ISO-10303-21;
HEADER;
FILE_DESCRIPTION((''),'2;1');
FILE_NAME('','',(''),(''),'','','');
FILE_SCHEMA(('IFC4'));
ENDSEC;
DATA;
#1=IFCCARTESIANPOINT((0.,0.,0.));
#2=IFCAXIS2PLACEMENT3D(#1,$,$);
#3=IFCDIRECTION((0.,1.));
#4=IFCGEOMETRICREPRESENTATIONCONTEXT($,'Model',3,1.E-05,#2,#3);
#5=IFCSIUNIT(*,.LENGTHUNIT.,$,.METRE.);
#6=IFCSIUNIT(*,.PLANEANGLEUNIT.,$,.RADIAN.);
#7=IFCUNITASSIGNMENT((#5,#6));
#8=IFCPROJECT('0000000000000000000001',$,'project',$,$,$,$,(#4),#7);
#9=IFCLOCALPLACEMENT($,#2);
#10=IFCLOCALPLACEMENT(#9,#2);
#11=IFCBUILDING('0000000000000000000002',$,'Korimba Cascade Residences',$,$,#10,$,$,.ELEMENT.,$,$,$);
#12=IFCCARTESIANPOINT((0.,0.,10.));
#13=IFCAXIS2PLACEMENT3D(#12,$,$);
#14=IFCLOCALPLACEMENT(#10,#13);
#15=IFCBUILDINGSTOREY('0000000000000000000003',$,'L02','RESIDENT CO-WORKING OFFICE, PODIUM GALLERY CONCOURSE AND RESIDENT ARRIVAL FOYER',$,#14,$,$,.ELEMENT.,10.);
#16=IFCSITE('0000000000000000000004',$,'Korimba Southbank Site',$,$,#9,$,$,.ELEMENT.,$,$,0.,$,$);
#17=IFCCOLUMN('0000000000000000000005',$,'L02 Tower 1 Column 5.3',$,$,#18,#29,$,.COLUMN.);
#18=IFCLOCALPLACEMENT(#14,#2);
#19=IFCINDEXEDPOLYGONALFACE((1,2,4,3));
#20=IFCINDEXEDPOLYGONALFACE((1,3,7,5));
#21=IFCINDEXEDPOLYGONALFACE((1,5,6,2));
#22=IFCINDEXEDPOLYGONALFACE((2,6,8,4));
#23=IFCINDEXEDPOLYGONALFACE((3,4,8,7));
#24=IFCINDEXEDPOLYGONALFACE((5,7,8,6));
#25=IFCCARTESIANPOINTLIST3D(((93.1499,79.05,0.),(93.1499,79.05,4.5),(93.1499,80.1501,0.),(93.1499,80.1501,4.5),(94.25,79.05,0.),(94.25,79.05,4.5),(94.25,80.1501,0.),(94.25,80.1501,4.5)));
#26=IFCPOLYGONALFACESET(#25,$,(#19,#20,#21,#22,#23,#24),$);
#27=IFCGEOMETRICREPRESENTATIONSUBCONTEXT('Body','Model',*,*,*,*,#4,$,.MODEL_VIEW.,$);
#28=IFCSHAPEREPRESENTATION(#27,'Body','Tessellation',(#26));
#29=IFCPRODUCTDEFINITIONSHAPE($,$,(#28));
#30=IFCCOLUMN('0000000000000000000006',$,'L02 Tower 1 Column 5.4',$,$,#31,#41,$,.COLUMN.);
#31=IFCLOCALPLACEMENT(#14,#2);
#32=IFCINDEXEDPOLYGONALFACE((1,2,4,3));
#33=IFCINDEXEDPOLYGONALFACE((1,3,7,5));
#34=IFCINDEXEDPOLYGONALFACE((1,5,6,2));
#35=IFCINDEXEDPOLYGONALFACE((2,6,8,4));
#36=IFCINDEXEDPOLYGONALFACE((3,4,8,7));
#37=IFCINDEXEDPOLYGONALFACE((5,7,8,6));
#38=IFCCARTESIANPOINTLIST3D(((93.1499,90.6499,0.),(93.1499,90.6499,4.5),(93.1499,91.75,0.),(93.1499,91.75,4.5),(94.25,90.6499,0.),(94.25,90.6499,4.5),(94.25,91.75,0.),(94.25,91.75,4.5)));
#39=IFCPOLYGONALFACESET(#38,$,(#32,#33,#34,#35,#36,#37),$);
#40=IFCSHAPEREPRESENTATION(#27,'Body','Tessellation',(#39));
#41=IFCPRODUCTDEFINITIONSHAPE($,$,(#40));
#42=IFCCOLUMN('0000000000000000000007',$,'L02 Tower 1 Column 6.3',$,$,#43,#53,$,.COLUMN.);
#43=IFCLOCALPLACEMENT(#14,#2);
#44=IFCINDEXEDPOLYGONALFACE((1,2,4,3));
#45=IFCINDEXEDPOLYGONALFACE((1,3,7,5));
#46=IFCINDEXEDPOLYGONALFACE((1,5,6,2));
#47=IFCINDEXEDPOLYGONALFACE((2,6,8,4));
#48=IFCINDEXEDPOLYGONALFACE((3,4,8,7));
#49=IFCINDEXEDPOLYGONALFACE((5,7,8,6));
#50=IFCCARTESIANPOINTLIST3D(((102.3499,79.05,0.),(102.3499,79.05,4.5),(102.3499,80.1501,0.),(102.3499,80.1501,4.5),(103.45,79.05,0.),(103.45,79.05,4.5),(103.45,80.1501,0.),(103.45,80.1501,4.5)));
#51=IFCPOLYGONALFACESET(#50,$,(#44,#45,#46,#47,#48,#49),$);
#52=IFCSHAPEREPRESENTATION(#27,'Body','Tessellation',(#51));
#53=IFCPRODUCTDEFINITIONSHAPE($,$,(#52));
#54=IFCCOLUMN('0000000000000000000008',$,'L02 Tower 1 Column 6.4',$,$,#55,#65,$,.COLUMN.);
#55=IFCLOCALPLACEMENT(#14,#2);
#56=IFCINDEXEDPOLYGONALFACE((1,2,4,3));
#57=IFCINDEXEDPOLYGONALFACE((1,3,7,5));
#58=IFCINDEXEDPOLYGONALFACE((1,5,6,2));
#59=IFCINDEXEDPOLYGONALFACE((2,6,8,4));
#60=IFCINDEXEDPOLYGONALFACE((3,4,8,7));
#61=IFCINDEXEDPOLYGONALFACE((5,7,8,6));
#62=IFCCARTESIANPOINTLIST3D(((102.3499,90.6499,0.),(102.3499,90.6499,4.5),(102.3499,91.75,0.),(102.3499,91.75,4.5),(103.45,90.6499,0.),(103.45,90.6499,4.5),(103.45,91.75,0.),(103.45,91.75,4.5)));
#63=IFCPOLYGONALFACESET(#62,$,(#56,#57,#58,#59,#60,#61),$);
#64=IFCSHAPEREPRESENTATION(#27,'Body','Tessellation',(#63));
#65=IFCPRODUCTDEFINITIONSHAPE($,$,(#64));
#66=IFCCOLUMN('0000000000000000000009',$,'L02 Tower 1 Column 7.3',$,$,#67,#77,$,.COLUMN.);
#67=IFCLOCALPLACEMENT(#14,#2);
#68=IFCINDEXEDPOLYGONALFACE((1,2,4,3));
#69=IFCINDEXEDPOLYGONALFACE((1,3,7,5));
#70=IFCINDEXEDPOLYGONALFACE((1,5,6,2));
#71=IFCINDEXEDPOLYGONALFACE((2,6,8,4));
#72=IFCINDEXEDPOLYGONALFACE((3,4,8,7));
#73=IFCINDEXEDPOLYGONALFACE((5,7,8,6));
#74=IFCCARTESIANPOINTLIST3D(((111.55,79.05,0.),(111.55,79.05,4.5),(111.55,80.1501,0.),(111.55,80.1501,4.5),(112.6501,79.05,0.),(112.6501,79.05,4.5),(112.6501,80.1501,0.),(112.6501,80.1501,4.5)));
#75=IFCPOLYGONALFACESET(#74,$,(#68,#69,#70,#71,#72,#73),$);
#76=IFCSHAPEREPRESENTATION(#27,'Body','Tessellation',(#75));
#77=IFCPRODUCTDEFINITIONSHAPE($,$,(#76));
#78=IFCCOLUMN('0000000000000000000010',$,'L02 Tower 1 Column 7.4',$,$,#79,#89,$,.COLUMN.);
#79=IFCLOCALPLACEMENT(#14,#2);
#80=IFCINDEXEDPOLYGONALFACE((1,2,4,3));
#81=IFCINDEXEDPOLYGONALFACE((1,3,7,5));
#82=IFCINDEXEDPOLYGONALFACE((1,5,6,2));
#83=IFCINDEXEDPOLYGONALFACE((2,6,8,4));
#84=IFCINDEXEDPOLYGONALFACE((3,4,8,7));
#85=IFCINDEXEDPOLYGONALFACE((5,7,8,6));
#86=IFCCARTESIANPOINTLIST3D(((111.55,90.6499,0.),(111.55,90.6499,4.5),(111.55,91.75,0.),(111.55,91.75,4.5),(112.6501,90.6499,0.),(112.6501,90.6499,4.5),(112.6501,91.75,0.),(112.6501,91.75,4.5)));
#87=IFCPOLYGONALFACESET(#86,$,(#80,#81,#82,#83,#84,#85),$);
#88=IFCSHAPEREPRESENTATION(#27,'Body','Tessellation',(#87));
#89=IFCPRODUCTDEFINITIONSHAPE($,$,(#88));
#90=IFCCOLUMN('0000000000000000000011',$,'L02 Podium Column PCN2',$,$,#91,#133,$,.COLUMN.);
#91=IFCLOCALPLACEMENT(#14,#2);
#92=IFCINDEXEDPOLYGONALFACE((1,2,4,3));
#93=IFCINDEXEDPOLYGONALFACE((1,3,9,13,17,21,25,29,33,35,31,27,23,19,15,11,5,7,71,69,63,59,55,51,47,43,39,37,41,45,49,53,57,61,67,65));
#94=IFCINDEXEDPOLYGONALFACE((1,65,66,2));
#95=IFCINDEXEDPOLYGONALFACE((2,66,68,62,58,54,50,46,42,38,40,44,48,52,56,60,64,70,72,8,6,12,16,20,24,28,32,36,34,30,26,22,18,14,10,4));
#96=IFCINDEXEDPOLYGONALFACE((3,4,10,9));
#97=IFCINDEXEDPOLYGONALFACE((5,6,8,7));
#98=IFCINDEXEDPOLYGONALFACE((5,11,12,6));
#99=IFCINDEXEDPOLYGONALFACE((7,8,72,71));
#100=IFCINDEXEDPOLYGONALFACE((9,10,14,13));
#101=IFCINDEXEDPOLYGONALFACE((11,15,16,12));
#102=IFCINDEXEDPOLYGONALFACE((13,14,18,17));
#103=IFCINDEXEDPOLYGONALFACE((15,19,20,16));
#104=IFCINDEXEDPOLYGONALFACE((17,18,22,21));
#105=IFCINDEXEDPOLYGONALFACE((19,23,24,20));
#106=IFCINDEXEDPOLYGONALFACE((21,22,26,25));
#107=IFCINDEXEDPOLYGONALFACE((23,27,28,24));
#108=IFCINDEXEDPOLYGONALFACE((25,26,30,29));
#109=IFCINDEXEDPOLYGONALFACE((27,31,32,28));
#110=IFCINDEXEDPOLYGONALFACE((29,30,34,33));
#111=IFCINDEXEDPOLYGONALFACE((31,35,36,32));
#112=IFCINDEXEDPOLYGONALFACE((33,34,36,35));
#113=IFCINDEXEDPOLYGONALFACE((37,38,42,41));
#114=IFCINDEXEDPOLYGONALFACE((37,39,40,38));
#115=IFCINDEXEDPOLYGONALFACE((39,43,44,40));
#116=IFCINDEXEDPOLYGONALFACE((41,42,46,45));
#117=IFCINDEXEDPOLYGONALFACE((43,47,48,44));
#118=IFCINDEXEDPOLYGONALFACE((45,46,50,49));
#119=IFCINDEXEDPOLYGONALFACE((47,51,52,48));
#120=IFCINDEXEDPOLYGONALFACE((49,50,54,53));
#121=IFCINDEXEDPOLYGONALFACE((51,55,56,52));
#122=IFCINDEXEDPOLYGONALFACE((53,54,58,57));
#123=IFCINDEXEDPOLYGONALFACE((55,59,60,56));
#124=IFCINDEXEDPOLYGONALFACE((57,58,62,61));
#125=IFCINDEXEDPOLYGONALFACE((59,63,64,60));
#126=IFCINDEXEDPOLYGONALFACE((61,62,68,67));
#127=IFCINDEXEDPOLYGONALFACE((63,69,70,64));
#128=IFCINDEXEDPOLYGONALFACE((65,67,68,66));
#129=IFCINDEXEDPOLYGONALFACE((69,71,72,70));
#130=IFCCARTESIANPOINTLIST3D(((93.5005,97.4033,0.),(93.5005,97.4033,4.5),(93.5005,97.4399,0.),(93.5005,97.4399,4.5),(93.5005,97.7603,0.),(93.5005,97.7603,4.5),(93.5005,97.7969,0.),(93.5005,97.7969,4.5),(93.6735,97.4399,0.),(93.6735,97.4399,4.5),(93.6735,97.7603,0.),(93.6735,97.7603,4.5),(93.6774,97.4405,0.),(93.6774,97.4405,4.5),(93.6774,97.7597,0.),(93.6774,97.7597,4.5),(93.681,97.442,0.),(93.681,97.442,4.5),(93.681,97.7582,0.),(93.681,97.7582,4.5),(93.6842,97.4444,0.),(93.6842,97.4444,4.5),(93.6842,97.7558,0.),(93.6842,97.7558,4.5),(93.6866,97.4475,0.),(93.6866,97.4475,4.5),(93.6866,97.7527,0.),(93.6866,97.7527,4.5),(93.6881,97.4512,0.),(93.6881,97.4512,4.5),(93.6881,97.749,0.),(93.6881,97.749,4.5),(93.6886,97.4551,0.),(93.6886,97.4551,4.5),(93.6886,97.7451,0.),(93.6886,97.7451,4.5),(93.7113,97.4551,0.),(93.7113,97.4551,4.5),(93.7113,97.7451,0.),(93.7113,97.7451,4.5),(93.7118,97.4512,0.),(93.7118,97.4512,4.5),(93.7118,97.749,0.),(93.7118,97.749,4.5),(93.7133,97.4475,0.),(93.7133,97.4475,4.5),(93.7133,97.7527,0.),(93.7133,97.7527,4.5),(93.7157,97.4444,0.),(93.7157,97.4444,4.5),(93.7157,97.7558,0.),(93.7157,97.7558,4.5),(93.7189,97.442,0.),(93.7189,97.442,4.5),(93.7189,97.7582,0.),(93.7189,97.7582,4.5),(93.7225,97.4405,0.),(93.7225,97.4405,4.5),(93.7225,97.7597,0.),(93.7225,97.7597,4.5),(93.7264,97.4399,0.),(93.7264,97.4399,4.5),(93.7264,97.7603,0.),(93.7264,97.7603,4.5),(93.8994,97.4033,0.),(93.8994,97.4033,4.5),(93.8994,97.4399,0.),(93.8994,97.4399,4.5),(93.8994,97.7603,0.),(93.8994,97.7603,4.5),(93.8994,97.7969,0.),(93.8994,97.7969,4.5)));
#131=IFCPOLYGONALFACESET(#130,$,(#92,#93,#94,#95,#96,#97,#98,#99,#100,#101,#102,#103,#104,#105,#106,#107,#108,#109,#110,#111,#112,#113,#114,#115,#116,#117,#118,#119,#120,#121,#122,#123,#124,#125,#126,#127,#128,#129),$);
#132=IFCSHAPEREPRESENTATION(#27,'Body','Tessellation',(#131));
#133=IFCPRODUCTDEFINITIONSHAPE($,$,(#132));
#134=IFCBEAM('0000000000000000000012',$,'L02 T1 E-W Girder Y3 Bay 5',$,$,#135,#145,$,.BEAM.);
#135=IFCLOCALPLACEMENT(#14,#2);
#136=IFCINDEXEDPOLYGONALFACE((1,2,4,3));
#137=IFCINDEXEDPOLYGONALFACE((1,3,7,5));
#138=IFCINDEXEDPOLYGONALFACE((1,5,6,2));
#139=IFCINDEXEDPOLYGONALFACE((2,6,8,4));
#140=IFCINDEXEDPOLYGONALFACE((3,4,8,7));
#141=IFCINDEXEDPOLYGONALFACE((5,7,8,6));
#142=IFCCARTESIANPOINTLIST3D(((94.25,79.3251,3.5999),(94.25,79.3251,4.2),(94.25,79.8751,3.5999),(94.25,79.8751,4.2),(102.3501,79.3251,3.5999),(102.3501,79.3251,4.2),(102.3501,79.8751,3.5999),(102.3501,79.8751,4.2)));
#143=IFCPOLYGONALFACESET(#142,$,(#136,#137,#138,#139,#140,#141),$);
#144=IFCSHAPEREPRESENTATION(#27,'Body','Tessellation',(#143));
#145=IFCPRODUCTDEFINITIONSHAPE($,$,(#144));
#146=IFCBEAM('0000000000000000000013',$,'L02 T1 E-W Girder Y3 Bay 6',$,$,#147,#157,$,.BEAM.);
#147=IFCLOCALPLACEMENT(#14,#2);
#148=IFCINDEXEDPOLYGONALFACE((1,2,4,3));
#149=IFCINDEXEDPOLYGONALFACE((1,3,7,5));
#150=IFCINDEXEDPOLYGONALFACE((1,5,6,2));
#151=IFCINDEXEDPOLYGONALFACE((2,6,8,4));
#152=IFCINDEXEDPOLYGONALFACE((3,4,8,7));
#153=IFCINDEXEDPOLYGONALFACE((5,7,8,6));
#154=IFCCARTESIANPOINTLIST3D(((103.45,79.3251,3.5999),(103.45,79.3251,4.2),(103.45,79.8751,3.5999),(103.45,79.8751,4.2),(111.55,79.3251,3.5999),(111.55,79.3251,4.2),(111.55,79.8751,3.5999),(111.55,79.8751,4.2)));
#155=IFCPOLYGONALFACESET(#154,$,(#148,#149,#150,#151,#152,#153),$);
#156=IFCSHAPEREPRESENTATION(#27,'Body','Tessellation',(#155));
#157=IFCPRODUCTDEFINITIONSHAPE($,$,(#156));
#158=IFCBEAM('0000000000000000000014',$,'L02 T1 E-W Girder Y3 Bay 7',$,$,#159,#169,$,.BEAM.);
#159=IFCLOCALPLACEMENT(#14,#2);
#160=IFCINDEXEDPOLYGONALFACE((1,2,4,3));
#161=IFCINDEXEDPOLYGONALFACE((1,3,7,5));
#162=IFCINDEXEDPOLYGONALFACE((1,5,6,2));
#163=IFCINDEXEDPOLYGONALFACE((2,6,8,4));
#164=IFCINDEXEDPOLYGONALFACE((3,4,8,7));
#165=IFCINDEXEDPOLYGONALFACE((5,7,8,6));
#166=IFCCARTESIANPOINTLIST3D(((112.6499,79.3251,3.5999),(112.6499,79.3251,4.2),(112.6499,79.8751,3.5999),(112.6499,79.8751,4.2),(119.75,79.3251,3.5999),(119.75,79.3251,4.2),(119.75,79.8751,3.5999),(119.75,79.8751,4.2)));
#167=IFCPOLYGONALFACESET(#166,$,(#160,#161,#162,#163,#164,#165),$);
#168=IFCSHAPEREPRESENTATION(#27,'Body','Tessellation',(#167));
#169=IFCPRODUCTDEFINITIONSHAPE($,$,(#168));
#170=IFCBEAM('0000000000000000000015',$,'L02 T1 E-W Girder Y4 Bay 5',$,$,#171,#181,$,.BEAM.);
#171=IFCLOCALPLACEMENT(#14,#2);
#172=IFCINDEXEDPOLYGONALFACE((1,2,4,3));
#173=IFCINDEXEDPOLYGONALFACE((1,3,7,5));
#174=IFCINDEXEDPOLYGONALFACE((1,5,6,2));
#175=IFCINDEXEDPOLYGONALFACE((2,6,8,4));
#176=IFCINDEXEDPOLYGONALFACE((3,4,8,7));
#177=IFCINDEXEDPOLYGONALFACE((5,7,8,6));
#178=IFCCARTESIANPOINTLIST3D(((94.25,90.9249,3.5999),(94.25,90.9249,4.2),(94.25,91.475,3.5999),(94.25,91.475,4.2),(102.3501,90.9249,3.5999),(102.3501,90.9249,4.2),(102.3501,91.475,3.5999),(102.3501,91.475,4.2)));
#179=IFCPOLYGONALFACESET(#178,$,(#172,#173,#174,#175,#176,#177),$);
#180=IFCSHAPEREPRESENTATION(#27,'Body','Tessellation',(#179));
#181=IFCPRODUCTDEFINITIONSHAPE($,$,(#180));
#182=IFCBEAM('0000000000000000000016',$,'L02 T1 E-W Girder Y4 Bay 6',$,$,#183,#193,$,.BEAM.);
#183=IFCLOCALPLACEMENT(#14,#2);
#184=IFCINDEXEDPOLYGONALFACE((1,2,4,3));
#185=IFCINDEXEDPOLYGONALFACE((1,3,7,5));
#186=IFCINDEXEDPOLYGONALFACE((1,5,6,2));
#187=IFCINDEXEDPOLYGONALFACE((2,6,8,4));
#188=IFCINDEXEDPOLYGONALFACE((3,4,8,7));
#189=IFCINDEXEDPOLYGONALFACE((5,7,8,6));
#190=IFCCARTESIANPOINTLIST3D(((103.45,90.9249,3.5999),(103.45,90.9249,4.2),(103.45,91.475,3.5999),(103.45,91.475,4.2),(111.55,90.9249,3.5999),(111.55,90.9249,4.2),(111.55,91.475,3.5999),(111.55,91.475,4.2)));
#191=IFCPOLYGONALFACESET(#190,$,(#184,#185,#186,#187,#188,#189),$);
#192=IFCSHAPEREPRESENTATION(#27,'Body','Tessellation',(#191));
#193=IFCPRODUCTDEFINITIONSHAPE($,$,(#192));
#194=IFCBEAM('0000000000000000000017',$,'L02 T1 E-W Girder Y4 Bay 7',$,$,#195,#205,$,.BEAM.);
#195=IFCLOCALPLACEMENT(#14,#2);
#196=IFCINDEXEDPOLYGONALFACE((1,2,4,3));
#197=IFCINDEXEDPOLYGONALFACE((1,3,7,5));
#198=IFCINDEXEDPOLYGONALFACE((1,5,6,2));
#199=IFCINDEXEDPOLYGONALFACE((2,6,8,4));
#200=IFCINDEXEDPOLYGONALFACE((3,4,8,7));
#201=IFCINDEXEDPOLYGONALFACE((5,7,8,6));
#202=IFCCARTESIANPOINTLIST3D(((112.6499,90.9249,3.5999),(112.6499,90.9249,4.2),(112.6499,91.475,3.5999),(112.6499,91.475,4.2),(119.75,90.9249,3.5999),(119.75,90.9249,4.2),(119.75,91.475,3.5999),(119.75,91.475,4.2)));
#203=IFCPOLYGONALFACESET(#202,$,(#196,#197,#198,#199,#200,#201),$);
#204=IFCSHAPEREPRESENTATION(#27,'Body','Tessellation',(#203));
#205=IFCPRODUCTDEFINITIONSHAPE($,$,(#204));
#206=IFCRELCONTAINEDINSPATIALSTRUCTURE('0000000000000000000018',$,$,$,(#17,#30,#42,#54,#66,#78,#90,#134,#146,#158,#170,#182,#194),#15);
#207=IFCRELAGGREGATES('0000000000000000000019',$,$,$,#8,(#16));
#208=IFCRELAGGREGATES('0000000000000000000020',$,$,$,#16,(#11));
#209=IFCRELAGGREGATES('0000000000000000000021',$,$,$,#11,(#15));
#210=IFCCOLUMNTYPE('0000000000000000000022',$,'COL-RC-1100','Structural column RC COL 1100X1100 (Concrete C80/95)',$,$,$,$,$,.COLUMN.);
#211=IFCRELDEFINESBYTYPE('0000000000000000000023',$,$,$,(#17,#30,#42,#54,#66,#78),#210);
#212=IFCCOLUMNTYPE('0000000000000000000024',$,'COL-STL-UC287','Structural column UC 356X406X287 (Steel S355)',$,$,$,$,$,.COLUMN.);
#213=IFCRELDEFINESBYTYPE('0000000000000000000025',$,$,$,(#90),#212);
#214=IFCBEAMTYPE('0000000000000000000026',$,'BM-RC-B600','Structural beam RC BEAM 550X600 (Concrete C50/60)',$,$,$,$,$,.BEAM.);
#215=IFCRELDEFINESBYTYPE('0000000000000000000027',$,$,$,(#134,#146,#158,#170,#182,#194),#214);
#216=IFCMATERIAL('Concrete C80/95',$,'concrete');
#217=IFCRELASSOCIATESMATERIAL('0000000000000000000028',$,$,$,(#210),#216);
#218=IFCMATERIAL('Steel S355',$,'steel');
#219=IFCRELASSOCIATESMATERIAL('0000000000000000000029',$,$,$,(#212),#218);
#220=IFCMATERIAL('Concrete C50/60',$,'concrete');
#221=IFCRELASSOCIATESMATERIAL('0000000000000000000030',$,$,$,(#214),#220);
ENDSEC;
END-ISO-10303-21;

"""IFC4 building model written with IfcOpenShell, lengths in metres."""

from ifc_helpers import new_model, si_unit, direction, frame, origin, origin_2d, place, context, subcontext, project, spatial, rectangle, i_section, extrude, material, material_profile, profile_set, type_object, element, save


model = new_model("IFC4")

# Units and contexts
model_context = context("Model", 3, precision=1e-05, world=origin(), true_north=direction((0.0, 1.0)))
body_context = subcontext(model_context, "Body", "Model", "MODEL_VIEW")
ifc_project = project(units=[si_unit("LENGTHUNIT", "METRE"), si_unit("PLANEANGLEUNIT", "RADIAN")], contexts=[model_context])

# Site, building, storey
site_placement = place(None, origin())
site = spatial("IfcSite", under=ifc_project, at=site_placement, Name="Korimba Southbank Site", CompositionType="ELEMENT", RefElevation=0.0)
building_placement = place(site_placement, origin())
building = spatial("IfcBuilding", under=site, at=building_placement, Name="Korimba Cascade Residences", CompositionType="ELEMENT")
storey_placement = place(building_placement, frame((0.0, 0.0, 10.0)))
storey = spatial("IfcBuildingStorey", under=building, at=storey_placement, Name="L02", Description="RESIDENT CO-WORKING OFFICE, PODIUM GALLERY CONCOURSE AND RESIDENT ARRIVAL FOYER", CompositionType="ELEMENT", Elevation=10.0)

# Columns
ifc_material_1 = material(Name="Concrete C80/95", Category="concrete")
ifc_material_profile_1 = material_profile(ifc_material_1, rectangle(XDim=1.1001, YDim=1.1001, at=origin_2d()), Name="Concrete C80/95")
ifc_profile_set_1 = profile_set([ifc_material_profile_1], Name="Concrete C80/95")
column_type_1 = type_object("IfcColumnType", Name="COL-RC-1100", Description="Structural column RC COL 1100X1100 (Concrete C80/95)", PredefinedType="COLUMN", material=ifc_profile_set_1)
for number, where, z_axis, x_axis, name in (
    (1, (93.7, 79.6001, 0.0), (0.0, 0.0, 1.0), (1.0, 0.0, 0.0), "L02 Tower 1 Column 5.3"),
    (2, (93.7, 91.2, 0.0), (0.0, 0.0, 1.0), (1.0, 0.0, 0.0), "L02 Tower 1 Column 5.4"),
    (3, (102.8999, 79.6001, 0.0), (0.0, 0.0, 1.0), (1.0, 0.0, 0.0), "L02 Tower 1 Column 6.3"),
    (4, (102.8999, 91.2, 0.0), (0.0, 0.0, 1.0), (1.0, 0.0, 0.0), "L02 Tower 1 Column 6.4"),
    (5, (112.1001, 79.6001, 0.0), (0.0, 0.0, 1.0), (1.0, 0.0, 0.0), "L02 Tower 1 Column 7.3"),
    (6, (112.1001, 91.2, 0.0), (0.0, 0.0, 1.0), (1.0, 0.0, 0.0), "L02 Tower 1 Column 7.4"),
):
    element("IfcColumn", number, at=place(storey_placement, frame(where, z_axis=z_axis, x_axis=x_axis)), inside=storey, type_object=column_type_1, Name=name, PredefinedType="COLUMN", context=body_context, shape_type="SweptSolid", body=[
        extrude(rectangle(XDim=1.1001, YDim=1.1001, at=origin_2d()), origin(), (0.0, 0.0, 1.0), 4.5),
    ])
ifc_material_2 = material(Name="Steel S355", Category="steel")
ifc_material_profile_2 = material_profile(ifc_material_2, i_section(OverallWidth=0.3989, OverallDepth=0.3936, WebThickness=0.0227, FlangeThickness=0.0366, FilletRadius=0.0151, at=origin_2d()), Name="Steel S355")
ifc_profile_set_2 = profile_set([ifc_material_profile_2], Name="Steel S355")
column_type_2 = type_object("IfcColumnType", Name="COL-STL-UC287", Description="Structural column UC 356X406X287 (Steel S355)", PredefinedType="COLUMN", material=ifc_profile_set_2)
column_placement = place(storey_placement, frame((93.7, 97.6001, 0.0), z_axis=(0.0, 0.0, 1.0), x_axis=(1.0, 0.0, 0.0)))
element("IfcColumn", 7, at=column_placement, inside=storey, type_object=column_type_2, Name="L02 Podium Column PCN2", PredefinedType="COLUMN", context=body_context, shape_type="SweptSolid", body=[
    extrude(i_section(OverallWidth=0.3989, OverallDepth=0.3936, WebThickness=0.0227, FlangeThickness=0.0366, FilletRadius=0.0151, at=origin_2d()), origin(), (0.0, 0.0, 1.0), 4.5),
])

# Beams
ifc_material_3 = material(Name="Concrete C50/60", Category="concrete")
ifc_material_profile_3 = material_profile(ifc_material_3, rectangle(XDim=0.55, YDim=0.6001, at=origin_2d()), Name="Concrete C50/60")
ifc_profile_set_3 = profile_set([ifc_material_profile_3], Name="Concrete C50/60")
beam_type_1 = type_object("IfcBeamType", Name="BM-RC-B600", Description="Structural beam RC BEAM 550X600 (Concrete C50/60)", PredefinedType="BEAM", material=ifc_profile_set_3)
for number, where, z_axis, x_axis, name in (
    (8, (94.25, 79.6001, 3.8999), (1.0, 0.0, 0.0), (0.0, 1.0, 0.0), "L02 T1 E-W Girder Y3 Bay 5"),
    (9, (103.45, 79.6001, 3.8999), (1.0, 0.0, 0.0), (0.0, 1.0, 0.0), "L02 T1 E-W Girder Y3 Bay 6"),
):
    element("IfcBeam", number, at=place(storey_placement, frame(where, z_axis=z_axis, x_axis=x_axis)), inside=storey, type_object=beam_type_1, Name=name, PredefinedType="BEAM", context=body_context, shape_type="SweptSolid", body=[
        extrude(rectangle(XDim=0.55, YDim=0.6001, at=origin_2d()), origin(), (0.0, 0.0, 1.0), 8.1001),
    ])
beam_1_placement = place(storey_placement, frame((112.6499, 79.6001, 3.8999), z_axis=(1.0, 0.0, 0.0), x_axis=(0.0, 1.0, 0.0)))
element("IfcBeam", 10, at=beam_1_placement, inside=storey, type_object=beam_type_1, Name="L02 T1 E-W Girder Y3 Bay 7", PredefinedType="BEAM", context=body_context, shape_type="SweptSolid", body=[
    extrude(rectangle(XDim=0.55, YDim=0.6001, at=origin_2d()), origin(), (0.0, 0.0, 1.0), 7.1001),
])
for number, where, z_axis, x_axis, name in (
    (11, (94.25, 91.2, 3.8999), (1.0, 0.0, 0.0), (0.0, 1.0, 0.0), "L02 T1 E-W Girder Y4 Bay 5"),
    (12, (103.45, 91.2, 3.8999), (1.0, 0.0, 0.0), (0.0, 1.0, 0.0), "L02 T1 E-W Girder Y4 Bay 6"),
):
    element("IfcBeam", number, at=place(storey_placement, frame(where, z_axis=z_axis, x_axis=x_axis)), inside=storey, type_object=beam_type_1, Name=name, PredefinedType="BEAM", context=body_context, shape_type="SweptSolid", body=[
        extrude(rectangle(XDim=0.55, YDim=0.6001, at=origin_2d()), origin(), (0.0, 0.0, 1.0), 8.1001),
    ])
beam_2_placement = place(storey_placement, frame((112.6499, 91.2, 3.8999), z_axis=(1.0, 0.0, 0.0), x_axis=(0.0, 1.0, 0.0)))
element("IfcBeam", 13, at=beam_2_placement, inside=storey, type_object=beam_type_1, Name="L02 T1 E-W Girder Y4 Bay 7", PredefinedType="BEAM", context=body_context, shape_type="SweptSolid", body=[
    extrude(rectangle(XDim=0.55, YDim=0.6001, at=origin_2d()), origin(), (0.0, 0.0, 1.0), 7.1001),
])

save(model, "model.ifc")
